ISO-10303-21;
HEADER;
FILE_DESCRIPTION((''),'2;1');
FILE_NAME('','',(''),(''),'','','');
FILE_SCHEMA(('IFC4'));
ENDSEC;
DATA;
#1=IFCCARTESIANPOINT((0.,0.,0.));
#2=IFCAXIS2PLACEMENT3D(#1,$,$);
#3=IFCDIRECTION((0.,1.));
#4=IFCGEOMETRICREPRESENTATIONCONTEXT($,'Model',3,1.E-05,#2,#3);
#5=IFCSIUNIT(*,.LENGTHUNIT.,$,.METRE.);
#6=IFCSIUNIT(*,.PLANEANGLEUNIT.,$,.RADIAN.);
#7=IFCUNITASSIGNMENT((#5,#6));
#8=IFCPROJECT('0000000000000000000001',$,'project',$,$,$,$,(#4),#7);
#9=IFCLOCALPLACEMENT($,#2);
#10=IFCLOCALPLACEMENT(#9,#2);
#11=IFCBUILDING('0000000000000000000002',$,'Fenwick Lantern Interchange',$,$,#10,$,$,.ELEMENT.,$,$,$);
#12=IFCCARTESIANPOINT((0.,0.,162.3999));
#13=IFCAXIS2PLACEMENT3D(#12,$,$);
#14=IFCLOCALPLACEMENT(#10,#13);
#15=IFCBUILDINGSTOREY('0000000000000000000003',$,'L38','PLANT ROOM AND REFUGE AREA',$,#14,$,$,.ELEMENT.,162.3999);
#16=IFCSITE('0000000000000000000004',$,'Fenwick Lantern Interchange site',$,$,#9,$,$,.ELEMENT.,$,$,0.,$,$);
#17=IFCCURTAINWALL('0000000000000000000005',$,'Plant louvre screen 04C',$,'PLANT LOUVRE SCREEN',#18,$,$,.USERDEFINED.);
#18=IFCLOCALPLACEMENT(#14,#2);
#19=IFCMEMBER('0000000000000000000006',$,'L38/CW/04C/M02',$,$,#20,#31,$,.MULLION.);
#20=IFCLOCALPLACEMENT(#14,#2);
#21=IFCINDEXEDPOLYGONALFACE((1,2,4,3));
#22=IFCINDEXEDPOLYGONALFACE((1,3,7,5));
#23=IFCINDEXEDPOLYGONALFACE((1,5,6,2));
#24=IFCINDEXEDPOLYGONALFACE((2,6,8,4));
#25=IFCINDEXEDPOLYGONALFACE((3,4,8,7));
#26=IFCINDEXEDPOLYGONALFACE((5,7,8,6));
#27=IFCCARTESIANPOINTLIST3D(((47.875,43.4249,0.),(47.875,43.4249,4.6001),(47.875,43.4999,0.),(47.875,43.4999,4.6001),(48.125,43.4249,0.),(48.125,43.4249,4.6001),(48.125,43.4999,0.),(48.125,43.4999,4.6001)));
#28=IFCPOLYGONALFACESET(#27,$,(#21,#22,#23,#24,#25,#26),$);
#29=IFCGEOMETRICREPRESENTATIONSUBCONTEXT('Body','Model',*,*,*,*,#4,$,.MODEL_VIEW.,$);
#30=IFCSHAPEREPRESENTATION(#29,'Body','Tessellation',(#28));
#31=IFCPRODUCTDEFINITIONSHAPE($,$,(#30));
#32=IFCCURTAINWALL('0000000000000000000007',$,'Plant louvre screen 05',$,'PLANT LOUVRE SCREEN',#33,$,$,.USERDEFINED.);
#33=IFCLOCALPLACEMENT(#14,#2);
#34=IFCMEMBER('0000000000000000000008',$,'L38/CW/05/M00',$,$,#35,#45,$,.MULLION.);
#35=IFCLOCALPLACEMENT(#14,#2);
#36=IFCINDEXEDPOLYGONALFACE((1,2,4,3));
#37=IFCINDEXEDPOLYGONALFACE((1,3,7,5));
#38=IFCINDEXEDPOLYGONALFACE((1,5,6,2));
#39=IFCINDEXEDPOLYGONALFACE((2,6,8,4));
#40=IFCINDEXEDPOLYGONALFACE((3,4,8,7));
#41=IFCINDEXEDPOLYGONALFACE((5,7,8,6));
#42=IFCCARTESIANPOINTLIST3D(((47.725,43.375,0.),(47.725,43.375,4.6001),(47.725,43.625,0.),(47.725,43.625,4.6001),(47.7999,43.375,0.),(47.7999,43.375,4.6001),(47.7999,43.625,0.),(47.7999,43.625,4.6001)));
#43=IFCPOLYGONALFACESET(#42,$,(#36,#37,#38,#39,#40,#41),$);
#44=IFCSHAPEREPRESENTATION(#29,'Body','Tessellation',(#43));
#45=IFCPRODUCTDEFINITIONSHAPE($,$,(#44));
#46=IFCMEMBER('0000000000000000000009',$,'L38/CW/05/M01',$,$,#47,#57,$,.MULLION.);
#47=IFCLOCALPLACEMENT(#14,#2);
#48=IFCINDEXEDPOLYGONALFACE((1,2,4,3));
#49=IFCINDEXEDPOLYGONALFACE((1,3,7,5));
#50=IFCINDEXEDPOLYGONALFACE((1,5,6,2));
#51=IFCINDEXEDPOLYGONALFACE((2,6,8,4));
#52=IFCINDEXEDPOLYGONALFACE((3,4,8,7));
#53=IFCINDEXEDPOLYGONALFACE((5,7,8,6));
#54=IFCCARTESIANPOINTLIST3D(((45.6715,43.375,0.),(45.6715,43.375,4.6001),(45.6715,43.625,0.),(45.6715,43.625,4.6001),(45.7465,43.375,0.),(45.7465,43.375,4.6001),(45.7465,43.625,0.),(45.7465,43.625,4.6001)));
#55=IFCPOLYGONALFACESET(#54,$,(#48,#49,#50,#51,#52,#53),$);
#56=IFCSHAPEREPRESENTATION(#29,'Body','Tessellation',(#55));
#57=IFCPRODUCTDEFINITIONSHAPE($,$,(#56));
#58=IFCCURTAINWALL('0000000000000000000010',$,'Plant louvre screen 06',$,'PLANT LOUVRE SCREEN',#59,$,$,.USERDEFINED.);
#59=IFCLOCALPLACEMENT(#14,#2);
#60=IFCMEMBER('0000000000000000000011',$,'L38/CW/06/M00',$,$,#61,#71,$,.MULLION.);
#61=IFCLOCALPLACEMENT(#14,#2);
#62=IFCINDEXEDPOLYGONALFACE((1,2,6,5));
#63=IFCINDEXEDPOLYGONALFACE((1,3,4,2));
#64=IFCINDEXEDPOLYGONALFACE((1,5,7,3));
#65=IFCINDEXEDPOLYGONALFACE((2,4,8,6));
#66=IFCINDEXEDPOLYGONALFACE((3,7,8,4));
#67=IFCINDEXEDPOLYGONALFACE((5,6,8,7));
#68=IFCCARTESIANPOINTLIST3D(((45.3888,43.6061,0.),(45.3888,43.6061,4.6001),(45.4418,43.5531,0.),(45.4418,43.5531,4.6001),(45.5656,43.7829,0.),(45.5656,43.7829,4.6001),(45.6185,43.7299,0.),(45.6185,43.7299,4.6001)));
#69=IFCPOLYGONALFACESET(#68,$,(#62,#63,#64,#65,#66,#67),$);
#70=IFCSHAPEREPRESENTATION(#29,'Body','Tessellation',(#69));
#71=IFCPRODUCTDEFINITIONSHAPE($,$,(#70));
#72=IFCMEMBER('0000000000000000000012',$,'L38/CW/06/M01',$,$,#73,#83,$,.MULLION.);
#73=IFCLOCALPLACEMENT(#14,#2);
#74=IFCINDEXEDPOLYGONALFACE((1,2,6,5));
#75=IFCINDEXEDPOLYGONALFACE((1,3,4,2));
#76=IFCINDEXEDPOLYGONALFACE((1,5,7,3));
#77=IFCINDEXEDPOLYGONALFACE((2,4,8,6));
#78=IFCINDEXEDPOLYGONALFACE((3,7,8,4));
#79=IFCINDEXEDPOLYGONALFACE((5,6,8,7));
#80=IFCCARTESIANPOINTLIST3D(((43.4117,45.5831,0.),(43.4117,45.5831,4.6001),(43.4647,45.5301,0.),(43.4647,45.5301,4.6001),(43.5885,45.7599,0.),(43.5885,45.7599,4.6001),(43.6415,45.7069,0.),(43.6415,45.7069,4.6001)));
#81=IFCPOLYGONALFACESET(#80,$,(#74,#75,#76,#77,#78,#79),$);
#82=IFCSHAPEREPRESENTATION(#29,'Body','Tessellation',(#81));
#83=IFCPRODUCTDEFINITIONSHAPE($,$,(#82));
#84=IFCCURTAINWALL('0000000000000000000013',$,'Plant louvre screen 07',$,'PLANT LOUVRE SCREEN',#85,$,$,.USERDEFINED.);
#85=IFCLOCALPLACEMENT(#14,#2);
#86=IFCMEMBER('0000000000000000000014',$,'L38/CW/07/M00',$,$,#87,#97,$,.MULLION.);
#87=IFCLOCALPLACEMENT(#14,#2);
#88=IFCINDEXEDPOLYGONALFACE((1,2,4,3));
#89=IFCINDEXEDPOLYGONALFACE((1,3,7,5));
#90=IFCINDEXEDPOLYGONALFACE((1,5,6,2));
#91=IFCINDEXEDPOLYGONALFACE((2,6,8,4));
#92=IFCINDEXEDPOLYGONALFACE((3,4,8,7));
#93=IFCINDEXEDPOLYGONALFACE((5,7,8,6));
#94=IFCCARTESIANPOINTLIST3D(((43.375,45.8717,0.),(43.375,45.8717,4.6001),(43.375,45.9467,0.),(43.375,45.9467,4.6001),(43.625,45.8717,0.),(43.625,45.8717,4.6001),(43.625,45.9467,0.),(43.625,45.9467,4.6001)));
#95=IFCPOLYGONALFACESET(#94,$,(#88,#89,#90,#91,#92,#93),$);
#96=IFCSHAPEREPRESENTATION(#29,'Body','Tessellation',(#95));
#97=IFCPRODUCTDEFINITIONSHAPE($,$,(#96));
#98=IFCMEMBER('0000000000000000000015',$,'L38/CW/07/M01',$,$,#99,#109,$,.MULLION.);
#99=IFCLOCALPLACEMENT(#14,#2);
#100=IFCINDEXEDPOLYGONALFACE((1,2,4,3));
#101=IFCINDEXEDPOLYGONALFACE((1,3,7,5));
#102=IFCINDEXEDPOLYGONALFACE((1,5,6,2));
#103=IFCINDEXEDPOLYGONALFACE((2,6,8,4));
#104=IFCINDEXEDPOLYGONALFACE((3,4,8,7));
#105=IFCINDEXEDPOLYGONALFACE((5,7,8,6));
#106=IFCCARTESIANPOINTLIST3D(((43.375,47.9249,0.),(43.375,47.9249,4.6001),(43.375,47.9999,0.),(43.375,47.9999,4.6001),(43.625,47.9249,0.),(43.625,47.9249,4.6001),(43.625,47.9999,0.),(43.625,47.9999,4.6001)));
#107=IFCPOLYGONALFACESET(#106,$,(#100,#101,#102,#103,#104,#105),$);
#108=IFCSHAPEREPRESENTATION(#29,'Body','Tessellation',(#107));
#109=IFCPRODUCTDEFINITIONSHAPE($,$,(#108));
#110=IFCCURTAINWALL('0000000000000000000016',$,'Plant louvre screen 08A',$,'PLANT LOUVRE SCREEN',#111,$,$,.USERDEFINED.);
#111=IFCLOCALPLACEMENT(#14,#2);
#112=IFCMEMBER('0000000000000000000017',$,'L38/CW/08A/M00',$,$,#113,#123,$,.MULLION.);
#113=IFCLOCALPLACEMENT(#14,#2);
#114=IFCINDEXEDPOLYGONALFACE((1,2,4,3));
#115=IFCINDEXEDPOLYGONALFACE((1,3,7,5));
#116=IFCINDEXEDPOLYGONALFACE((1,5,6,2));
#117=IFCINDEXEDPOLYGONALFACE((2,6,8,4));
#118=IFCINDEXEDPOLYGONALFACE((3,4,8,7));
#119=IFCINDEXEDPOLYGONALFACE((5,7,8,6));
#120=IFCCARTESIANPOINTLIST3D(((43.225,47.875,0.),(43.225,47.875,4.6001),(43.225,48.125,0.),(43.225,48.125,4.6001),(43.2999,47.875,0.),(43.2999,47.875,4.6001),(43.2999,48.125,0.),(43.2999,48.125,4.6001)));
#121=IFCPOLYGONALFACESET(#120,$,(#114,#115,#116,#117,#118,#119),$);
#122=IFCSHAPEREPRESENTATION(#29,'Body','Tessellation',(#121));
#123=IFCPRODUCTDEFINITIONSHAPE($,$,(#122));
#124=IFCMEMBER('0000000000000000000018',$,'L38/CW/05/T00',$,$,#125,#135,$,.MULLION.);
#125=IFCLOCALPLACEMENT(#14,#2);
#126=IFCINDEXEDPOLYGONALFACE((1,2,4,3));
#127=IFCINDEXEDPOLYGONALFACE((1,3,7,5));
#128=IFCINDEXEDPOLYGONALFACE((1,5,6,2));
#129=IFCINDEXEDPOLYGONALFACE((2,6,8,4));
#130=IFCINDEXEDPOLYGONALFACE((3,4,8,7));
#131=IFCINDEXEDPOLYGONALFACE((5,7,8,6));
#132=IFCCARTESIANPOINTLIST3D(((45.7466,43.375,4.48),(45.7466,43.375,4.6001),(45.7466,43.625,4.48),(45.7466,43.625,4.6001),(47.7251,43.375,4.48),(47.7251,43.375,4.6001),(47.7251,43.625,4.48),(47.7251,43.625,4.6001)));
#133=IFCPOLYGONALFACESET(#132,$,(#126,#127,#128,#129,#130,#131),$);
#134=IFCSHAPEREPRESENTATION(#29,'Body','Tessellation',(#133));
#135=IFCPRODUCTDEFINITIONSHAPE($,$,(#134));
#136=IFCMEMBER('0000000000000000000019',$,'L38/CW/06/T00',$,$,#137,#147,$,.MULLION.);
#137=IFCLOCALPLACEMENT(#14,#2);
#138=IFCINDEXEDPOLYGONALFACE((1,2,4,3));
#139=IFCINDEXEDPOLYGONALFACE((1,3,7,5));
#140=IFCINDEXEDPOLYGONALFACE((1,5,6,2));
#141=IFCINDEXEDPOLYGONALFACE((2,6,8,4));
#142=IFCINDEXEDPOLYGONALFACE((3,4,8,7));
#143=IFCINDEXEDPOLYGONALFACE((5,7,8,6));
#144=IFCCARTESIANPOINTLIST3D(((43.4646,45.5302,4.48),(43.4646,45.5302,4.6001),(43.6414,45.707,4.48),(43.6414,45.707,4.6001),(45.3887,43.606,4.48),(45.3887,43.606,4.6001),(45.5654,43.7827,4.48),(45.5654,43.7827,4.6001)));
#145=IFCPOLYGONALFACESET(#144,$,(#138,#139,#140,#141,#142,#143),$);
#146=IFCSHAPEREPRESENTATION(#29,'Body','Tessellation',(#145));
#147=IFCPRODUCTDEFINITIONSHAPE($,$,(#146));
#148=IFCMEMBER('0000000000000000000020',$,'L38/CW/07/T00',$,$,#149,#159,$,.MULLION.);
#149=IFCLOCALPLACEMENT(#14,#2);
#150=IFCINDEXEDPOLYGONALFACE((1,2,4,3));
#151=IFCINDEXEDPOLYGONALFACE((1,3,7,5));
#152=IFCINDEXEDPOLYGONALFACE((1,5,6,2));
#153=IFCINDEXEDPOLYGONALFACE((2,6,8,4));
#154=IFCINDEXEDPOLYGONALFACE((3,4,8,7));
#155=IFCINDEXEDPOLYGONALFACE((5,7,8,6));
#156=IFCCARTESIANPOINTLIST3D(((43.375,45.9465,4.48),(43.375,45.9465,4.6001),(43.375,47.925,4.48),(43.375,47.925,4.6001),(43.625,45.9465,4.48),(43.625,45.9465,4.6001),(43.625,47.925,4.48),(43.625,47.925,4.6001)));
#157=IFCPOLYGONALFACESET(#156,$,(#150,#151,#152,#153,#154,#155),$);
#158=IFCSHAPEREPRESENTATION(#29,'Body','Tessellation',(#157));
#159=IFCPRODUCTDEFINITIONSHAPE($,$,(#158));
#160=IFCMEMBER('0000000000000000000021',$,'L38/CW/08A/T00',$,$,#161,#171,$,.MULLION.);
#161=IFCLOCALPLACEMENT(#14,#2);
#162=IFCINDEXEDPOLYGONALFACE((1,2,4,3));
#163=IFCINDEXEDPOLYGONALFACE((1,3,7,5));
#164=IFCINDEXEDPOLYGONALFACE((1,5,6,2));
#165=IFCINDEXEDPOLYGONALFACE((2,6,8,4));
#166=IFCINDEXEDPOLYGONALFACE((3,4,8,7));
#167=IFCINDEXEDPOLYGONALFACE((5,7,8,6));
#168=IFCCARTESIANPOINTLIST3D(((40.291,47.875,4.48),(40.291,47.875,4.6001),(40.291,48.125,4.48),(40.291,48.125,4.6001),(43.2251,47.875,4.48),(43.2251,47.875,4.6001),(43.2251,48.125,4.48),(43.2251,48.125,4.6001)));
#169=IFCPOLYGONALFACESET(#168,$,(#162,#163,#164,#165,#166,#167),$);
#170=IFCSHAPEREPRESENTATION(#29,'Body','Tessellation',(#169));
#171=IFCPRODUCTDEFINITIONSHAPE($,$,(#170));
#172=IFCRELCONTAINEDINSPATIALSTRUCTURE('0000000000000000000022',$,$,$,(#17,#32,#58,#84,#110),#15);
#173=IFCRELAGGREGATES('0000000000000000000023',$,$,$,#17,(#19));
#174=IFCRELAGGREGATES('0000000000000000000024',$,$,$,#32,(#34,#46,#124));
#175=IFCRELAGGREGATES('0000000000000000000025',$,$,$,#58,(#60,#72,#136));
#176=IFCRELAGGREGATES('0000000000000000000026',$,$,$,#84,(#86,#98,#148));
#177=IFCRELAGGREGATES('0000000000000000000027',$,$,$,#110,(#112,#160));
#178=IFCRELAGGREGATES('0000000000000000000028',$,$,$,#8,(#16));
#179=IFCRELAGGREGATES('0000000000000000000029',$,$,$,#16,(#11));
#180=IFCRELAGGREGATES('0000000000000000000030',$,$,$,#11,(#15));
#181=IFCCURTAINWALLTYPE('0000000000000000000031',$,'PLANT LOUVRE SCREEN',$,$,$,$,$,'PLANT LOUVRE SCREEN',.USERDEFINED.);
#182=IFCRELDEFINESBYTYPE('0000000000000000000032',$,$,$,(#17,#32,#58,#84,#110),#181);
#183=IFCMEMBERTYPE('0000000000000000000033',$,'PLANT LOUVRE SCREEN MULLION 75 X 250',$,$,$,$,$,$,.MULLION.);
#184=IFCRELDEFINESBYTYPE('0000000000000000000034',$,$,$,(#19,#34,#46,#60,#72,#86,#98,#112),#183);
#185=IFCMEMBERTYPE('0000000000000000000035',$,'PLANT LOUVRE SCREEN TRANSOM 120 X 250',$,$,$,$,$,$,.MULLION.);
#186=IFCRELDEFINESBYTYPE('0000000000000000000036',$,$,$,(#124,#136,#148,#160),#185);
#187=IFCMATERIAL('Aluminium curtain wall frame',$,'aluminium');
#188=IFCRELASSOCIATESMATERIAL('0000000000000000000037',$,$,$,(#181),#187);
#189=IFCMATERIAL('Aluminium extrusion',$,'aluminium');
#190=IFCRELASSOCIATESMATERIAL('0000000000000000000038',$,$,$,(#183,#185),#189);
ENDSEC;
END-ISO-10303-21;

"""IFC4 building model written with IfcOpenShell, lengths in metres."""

from ifc_helpers import new_model, si_unit, direction, frame, origin, origin_2d, place, context, subcontext, project, spatial, rectangle, extrude, material, material_profile, profile_set, type_object, element, aggregate, save


model = new_model("IFC4")

# Units and contexts
model_context = context("Model", 3, precision=1e-05, world=origin(), true_north=direction((0.0, 1.0)))
body_context = subcontext(model_context, "Body", "Model", "MODEL_VIEW")
ifc_project = project(units=[si_unit("LENGTHUNIT", "METRE"), si_unit("PLANEANGLEUNIT", "RADIAN")], contexts=[model_context])

# Site, building, storey
site_placement = place(None, origin())
site = spatial("IfcSite", under=ifc_project, at=site_placement, Name="Fenwick Lantern Interchange site", CompositionType="ELEMENT", RefElevation=0.0)
building_placement = place(site_placement, origin())
building = spatial("IfcBuilding", under=site, at=building_placement, Name="Fenwick Lantern Interchange", CompositionType="ELEMENT")
storey_placement = place(building_placement, frame((0.0, 0.0, 162.3999)))
storey = spatial("IfcBuildingStorey", under=building, at=storey_placement, Name="L38", Description="PLANT ROOM AND REFUGE AREA", CompositionType="ELEMENT", Elevation=162.3999)

# Curtain wall, member
ifc_material_1 = material(Name="Aluminium curtain wall frame", Category="aluminium")
curtain_wall_type = type_object("IfcCurtainWallType", Name="PLANT LOUVRE SCREEN", ElementType="PLANT LOUVRE SCREEN", PredefinedType="USERDEFINED", material=ifc_material_1)
curtain_wall_1_placement = place(storey_placement, origin())
curtain_wall_1 = element("IfcCurtainWall", 1, at=curtain_wall_1_placement, inside=storey, type_object=curtain_wall_type, Name="Plant louvre screen 04C", ObjectType="PLANT LOUVRE SCREEN", PredefinedType="USERDEFINED")
ifc_material_2 = material(Name="Aluminium extrusion", Category="aluminium")
ifc_material_profile_1 = material_profile(ifc_material_2, rectangle(XDim=0.25, YDim=0.075, at=origin_2d()), Name="PLANT LOUVRE SCREEN MULLION 75 X 250")
ifc_profile_set_1 = profile_set([ifc_material_profile_1], Name="Aluminium extrusion")
member_type_1 = type_object("IfcMemberType", Name="PLANT LOUVRE SCREEN MULLION 75 X 250", PredefinedType="MULLION", material=ifc_profile_set_1)
member_1_placement = place(storey_placement, frame((48.0, 43.4624, 0.0), z_axis=(0.0, 0.0, 1.0), x_axis=(-1.0, 0.0, 0.0)))
member_1 = element("IfcMember", 2, at=member_1_placement, type_object=member_type_1, Name="L38/CW/04C/M02", PredefinedType="MULLION", context=body_context, shape_type="SweptSolid", body=[
    extrude(rectangle(XDim=0.25, YDim=0.075, at=origin_2d()), origin(), (0.0, 0.0, 1.0), 4.6001),
])

# Curtain walls, members
curtain_wall_2_placement = place(storey_placement, origin())
curtain_wall_2 = element("IfcCurtainWall", 3, at=curtain_wall_2_placement, inside=storey, type_object=curtain_wall_type, Name="Plant louvre screen 05", ObjectType="PLANT LOUVRE SCREEN", PredefinedType="USERDEFINED")
member_2_placement = place(storey_placement, frame((47.7625, 43.5, 0.0), z_axis=(0.0, 0.0, 1.0), x_axis=(0.0, -1.0, 0.0)))
member_2 = element("IfcMember", 4, at=member_2_placement, type_object=member_type_1, Name="L38/CW/05/M00", PredefinedType="MULLION", context=body_context, shape_type="SweptSolid", body=[
    extrude(rectangle(XDim=0.25, YDim=0.075, at=origin_2d()), origin(), (0.0, 0.0, 1.0), 4.6001),
])
member_3_placement = place(storey_placement, frame((45.709, 43.5, 0.0), z_axis=(0.0, 0.0, 1.0), x_axis=(0.0, -1.0, 0.0)))
member_3 = element("IfcMember", 5, at=member_3_placement, type_object=member_type_1, Name="L38/CW/05/M01", PredefinedType="MULLION", context=body_context, shape_type="SweptSolid", body=[
    extrude(rectangle(XDim=0.25, YDim=0.075, at=origin_2d()), origin(), (0.0, 0.0, 1.0), 4.6001),
])
curtain_wall_3_placement = place(storey_placement, origin())
curtain_wall_3 = element("IfcCurtainWall", 6, at=curtain_wall_3_placement, inside=storey, type_object=curtain_wall_type, Name="Plant louvre screen 06", ObjectType="PLANT LOUVRE SCREEN", PredefinedType="USERDEFINED")
member_4_placement = place(storey_placement, frame((45.5037, 43.668, 0.0), z_axis=(0.0, 0.0, 1.0), x_axis=(-0.707107, -0.707107, 0.0)))
member_4 = element("IfcMember", 7, at=member_4_placement, type_object=member_type_1, Name="L38/CW/06/M00", PredefinedType="MULLION", context=body_context, shape_type="SweptSolid", body=[
    extrude(rectangle(XDim=0.25, YDim=0.075, at=origin_2d()), origin(), (0.0, 0.0, 1.0), 4.6001),
])
member_5_placement = place(storey_placement, frame((43.5266, 45.645, 0.0), z_axis=(0.0, 0.0, 1.0), x_axis=(-0.707107, -0.707107, 0.0)))
member_5 = element("IfcMember", 8, at=member_5_placement, type_object=member_type_1, Name="L38/CW/06/M01", PredefinedType="MULLION", context=body_context, shape_type="SweptSolid", body=[
    extrude(rectangle(XDim=0.25, YDim=0.075, at=origin_2d()), origin(), (0.0, 0.0, 1.0), 4.6001),
])
curtain_wall_4_placement = place(storey_placement, origin())
curtain_wall_4 = element("IfcCurtainWall", 9, at=curtain_wall_4_placement, inside=storey, type_object=curtain_wall_type, Name="Plant louvre screen 07", ObjectType="PLANT LOUVRE SCREEN", PredefinedType="USERDEFINED")
member_6_placement = place(storey_placement, frame((43.5, 45.9092, 0.0), z_axis=(0.0, 0.0, 1.0), x_axis=(-1.0, 0.0, 0.0)))
member_6 = element("IfcMember", 10, at=member_6_placement, type_object=member_type_1, Name="L38/CW/07/M00", PredefinedType="MULLION", context=body_context, shape_type="SweptSolid", body=[
    extrude(rectangle(XDim=0.25, YDim=0.075, at=origin_2d()), origin(), (0.0, 0.0, 1.0), 4.6001),
])
member_7_placement = place(storey_placement, frame((43.5, 47.9624, 0.0), z_axis=(0.0, 0.0, 1.0), x_axis=(-1.0, 0.0, 0.0)))
member_7 = element("IfcMember", 11, at=member_7_placement, type_object=member_type_1, Name="L38/CW/07/M01", PredefinedType="MULLION", context=body_context, shape_type="SweptSolid", body=[
    extrude(rectangle(XDim=0.25, YDim=0.075, at=origin_2d()), origin(), (0.0, 0.0, 1.0), 4.6001),
])

# Curtain wall, member
curtain_wall_5_placement = place(storey_placement, origin())
curtain_wall_5 = element("IfcCurtainWall", 12, at=curtain_wall_5_placement, inside=storey, type_object=curtain_wall_type, Name="Plant louvre screen 08A", ObjectType="PLANT LOUVRE SCREEN", PredefinedType="USERDEFINED")
member_8_placement = place(storey_placement, frame((43.2625, 48.0, 0.0), z_axis=(0.0, 0.0, 1.0), x_axis=(0.0, -1.0, 0.0)))
member_8 = element("IfcMember", 13, at=member_8_placement, type_object=member_type_1, Name="L38/CW/08A/M00", PredefinedType="MULLION", context=body_context, shape_type="SweptSolid", body=[
    extrude(rectangle(XDim=0.25, YDim=0.075, at=origin_2d()), origin(), (0.0, 0.0, 1.0), 4.6001),
])

# Members
ifc_material_profile_2 = material_profile(ifc_material_2, rectangle(XDim=0.25, YDim=0.1201, at=origin_2d()), Name="PLANT LOUVRE SCREEN TRANSOM 120 X 250")
ifc_profile_set_2 = profile_set([ifc_material_profile_2], Name="Aluminium extrusion")
member_type_2 = type_object("IfcMemberType", Name="PLANT LOUVRE SCREEN TRANSOM 120 X 250", PredefinedType="MULLION", material=ifc_profile_set_2)
member_9_placement = place(storey_placement, frame((47.7251, 43.5, 4.54), z_axis=(-1.0, 0.0, 0.0), x_axis=(0.0, -1.0, 0.0)))
member_9 = element("IfcMember", 14, at=member_9_placement, type_object=member_type_2, Name="L38/CW/05/T00", PredefinedType="MULLION", context=body_context, shape_type="SweptSolid", body=[
    extrude(rectangle(XDim=0.25, YDim=0.1201, at=origin_2d()), origin(), (0.0, 0.0, 1.0), 1.9785),
])
member_10_placement = place(storey_placement, frame((45.4771, 43.6943, 4.54), z_axis=(-0.707062, 0.707152, 0.0), x_axis=(-0.707152, -0.707062, 0.0)))
member_10 = element("IfcMember", 15, at=member_10_placement, type_object=member_type_2, Name="L38/CW/06/T00", PredefinedType="MULLION", context=body_context, shape_type="SweptSolid", body=[
    extrude(rectangle(XDim=0.25, YDim=0.1201, at=origin_2d()), origin(), (0.0, 0.0, 1.0), 2.7212),
])
member_11_placement = place(storey_placement, frame((43.5, 45.9465, 4.54), z_axis=(0.0, 1.0, 0.0), x_axis=(-1.0, 0.0, 0.0)))
member_11 = element("IfcMember", 16, at=member_11_placement, type_object=member_type_2, Name="L38/CW/07/T00", PredefinedType="MULLION", context=body_context, shape_type="SweptSolid", body=[
    extrude(rectangle(XDim=0.25, YDim=0.1201, at=origin_2d()), origin(), (0.0, 0.0, 1.0), 1.9785),
])
member_12_placement = place(storey_placement, frame((43.2251, 48.0, 4.54), z_axis=(-1.0, 0.0, 0.0), x_axis=(0.0, -1.0, 0.0)))
member_12 = element("IfcMember", 17, at=member_12_placement, type_object=member_type_2, Name="L38/CW/08A/T00", PredefinedType="MULLION", context=body_context, shape_type="SweptSolid", body=[
    extrude(rectangle(XDim=0.25, YDim=0.1201, at=origin_2d()), origin(), (0.0, 0.0, 1.0), 2.9341),
])

aggregate(curtain_wall_1, [member_1])
aggregate(curtain_wall_2, [member_2, member_3, member_9])
aggregate(curtain_wall_3, [member_4, member_5, member_10])
aggregate(curtain_wall_4, [member_6, member_7, member_11])
aggregate(curtain_wall_5, [member_8, member_12])

save(model, "model.ifc")
